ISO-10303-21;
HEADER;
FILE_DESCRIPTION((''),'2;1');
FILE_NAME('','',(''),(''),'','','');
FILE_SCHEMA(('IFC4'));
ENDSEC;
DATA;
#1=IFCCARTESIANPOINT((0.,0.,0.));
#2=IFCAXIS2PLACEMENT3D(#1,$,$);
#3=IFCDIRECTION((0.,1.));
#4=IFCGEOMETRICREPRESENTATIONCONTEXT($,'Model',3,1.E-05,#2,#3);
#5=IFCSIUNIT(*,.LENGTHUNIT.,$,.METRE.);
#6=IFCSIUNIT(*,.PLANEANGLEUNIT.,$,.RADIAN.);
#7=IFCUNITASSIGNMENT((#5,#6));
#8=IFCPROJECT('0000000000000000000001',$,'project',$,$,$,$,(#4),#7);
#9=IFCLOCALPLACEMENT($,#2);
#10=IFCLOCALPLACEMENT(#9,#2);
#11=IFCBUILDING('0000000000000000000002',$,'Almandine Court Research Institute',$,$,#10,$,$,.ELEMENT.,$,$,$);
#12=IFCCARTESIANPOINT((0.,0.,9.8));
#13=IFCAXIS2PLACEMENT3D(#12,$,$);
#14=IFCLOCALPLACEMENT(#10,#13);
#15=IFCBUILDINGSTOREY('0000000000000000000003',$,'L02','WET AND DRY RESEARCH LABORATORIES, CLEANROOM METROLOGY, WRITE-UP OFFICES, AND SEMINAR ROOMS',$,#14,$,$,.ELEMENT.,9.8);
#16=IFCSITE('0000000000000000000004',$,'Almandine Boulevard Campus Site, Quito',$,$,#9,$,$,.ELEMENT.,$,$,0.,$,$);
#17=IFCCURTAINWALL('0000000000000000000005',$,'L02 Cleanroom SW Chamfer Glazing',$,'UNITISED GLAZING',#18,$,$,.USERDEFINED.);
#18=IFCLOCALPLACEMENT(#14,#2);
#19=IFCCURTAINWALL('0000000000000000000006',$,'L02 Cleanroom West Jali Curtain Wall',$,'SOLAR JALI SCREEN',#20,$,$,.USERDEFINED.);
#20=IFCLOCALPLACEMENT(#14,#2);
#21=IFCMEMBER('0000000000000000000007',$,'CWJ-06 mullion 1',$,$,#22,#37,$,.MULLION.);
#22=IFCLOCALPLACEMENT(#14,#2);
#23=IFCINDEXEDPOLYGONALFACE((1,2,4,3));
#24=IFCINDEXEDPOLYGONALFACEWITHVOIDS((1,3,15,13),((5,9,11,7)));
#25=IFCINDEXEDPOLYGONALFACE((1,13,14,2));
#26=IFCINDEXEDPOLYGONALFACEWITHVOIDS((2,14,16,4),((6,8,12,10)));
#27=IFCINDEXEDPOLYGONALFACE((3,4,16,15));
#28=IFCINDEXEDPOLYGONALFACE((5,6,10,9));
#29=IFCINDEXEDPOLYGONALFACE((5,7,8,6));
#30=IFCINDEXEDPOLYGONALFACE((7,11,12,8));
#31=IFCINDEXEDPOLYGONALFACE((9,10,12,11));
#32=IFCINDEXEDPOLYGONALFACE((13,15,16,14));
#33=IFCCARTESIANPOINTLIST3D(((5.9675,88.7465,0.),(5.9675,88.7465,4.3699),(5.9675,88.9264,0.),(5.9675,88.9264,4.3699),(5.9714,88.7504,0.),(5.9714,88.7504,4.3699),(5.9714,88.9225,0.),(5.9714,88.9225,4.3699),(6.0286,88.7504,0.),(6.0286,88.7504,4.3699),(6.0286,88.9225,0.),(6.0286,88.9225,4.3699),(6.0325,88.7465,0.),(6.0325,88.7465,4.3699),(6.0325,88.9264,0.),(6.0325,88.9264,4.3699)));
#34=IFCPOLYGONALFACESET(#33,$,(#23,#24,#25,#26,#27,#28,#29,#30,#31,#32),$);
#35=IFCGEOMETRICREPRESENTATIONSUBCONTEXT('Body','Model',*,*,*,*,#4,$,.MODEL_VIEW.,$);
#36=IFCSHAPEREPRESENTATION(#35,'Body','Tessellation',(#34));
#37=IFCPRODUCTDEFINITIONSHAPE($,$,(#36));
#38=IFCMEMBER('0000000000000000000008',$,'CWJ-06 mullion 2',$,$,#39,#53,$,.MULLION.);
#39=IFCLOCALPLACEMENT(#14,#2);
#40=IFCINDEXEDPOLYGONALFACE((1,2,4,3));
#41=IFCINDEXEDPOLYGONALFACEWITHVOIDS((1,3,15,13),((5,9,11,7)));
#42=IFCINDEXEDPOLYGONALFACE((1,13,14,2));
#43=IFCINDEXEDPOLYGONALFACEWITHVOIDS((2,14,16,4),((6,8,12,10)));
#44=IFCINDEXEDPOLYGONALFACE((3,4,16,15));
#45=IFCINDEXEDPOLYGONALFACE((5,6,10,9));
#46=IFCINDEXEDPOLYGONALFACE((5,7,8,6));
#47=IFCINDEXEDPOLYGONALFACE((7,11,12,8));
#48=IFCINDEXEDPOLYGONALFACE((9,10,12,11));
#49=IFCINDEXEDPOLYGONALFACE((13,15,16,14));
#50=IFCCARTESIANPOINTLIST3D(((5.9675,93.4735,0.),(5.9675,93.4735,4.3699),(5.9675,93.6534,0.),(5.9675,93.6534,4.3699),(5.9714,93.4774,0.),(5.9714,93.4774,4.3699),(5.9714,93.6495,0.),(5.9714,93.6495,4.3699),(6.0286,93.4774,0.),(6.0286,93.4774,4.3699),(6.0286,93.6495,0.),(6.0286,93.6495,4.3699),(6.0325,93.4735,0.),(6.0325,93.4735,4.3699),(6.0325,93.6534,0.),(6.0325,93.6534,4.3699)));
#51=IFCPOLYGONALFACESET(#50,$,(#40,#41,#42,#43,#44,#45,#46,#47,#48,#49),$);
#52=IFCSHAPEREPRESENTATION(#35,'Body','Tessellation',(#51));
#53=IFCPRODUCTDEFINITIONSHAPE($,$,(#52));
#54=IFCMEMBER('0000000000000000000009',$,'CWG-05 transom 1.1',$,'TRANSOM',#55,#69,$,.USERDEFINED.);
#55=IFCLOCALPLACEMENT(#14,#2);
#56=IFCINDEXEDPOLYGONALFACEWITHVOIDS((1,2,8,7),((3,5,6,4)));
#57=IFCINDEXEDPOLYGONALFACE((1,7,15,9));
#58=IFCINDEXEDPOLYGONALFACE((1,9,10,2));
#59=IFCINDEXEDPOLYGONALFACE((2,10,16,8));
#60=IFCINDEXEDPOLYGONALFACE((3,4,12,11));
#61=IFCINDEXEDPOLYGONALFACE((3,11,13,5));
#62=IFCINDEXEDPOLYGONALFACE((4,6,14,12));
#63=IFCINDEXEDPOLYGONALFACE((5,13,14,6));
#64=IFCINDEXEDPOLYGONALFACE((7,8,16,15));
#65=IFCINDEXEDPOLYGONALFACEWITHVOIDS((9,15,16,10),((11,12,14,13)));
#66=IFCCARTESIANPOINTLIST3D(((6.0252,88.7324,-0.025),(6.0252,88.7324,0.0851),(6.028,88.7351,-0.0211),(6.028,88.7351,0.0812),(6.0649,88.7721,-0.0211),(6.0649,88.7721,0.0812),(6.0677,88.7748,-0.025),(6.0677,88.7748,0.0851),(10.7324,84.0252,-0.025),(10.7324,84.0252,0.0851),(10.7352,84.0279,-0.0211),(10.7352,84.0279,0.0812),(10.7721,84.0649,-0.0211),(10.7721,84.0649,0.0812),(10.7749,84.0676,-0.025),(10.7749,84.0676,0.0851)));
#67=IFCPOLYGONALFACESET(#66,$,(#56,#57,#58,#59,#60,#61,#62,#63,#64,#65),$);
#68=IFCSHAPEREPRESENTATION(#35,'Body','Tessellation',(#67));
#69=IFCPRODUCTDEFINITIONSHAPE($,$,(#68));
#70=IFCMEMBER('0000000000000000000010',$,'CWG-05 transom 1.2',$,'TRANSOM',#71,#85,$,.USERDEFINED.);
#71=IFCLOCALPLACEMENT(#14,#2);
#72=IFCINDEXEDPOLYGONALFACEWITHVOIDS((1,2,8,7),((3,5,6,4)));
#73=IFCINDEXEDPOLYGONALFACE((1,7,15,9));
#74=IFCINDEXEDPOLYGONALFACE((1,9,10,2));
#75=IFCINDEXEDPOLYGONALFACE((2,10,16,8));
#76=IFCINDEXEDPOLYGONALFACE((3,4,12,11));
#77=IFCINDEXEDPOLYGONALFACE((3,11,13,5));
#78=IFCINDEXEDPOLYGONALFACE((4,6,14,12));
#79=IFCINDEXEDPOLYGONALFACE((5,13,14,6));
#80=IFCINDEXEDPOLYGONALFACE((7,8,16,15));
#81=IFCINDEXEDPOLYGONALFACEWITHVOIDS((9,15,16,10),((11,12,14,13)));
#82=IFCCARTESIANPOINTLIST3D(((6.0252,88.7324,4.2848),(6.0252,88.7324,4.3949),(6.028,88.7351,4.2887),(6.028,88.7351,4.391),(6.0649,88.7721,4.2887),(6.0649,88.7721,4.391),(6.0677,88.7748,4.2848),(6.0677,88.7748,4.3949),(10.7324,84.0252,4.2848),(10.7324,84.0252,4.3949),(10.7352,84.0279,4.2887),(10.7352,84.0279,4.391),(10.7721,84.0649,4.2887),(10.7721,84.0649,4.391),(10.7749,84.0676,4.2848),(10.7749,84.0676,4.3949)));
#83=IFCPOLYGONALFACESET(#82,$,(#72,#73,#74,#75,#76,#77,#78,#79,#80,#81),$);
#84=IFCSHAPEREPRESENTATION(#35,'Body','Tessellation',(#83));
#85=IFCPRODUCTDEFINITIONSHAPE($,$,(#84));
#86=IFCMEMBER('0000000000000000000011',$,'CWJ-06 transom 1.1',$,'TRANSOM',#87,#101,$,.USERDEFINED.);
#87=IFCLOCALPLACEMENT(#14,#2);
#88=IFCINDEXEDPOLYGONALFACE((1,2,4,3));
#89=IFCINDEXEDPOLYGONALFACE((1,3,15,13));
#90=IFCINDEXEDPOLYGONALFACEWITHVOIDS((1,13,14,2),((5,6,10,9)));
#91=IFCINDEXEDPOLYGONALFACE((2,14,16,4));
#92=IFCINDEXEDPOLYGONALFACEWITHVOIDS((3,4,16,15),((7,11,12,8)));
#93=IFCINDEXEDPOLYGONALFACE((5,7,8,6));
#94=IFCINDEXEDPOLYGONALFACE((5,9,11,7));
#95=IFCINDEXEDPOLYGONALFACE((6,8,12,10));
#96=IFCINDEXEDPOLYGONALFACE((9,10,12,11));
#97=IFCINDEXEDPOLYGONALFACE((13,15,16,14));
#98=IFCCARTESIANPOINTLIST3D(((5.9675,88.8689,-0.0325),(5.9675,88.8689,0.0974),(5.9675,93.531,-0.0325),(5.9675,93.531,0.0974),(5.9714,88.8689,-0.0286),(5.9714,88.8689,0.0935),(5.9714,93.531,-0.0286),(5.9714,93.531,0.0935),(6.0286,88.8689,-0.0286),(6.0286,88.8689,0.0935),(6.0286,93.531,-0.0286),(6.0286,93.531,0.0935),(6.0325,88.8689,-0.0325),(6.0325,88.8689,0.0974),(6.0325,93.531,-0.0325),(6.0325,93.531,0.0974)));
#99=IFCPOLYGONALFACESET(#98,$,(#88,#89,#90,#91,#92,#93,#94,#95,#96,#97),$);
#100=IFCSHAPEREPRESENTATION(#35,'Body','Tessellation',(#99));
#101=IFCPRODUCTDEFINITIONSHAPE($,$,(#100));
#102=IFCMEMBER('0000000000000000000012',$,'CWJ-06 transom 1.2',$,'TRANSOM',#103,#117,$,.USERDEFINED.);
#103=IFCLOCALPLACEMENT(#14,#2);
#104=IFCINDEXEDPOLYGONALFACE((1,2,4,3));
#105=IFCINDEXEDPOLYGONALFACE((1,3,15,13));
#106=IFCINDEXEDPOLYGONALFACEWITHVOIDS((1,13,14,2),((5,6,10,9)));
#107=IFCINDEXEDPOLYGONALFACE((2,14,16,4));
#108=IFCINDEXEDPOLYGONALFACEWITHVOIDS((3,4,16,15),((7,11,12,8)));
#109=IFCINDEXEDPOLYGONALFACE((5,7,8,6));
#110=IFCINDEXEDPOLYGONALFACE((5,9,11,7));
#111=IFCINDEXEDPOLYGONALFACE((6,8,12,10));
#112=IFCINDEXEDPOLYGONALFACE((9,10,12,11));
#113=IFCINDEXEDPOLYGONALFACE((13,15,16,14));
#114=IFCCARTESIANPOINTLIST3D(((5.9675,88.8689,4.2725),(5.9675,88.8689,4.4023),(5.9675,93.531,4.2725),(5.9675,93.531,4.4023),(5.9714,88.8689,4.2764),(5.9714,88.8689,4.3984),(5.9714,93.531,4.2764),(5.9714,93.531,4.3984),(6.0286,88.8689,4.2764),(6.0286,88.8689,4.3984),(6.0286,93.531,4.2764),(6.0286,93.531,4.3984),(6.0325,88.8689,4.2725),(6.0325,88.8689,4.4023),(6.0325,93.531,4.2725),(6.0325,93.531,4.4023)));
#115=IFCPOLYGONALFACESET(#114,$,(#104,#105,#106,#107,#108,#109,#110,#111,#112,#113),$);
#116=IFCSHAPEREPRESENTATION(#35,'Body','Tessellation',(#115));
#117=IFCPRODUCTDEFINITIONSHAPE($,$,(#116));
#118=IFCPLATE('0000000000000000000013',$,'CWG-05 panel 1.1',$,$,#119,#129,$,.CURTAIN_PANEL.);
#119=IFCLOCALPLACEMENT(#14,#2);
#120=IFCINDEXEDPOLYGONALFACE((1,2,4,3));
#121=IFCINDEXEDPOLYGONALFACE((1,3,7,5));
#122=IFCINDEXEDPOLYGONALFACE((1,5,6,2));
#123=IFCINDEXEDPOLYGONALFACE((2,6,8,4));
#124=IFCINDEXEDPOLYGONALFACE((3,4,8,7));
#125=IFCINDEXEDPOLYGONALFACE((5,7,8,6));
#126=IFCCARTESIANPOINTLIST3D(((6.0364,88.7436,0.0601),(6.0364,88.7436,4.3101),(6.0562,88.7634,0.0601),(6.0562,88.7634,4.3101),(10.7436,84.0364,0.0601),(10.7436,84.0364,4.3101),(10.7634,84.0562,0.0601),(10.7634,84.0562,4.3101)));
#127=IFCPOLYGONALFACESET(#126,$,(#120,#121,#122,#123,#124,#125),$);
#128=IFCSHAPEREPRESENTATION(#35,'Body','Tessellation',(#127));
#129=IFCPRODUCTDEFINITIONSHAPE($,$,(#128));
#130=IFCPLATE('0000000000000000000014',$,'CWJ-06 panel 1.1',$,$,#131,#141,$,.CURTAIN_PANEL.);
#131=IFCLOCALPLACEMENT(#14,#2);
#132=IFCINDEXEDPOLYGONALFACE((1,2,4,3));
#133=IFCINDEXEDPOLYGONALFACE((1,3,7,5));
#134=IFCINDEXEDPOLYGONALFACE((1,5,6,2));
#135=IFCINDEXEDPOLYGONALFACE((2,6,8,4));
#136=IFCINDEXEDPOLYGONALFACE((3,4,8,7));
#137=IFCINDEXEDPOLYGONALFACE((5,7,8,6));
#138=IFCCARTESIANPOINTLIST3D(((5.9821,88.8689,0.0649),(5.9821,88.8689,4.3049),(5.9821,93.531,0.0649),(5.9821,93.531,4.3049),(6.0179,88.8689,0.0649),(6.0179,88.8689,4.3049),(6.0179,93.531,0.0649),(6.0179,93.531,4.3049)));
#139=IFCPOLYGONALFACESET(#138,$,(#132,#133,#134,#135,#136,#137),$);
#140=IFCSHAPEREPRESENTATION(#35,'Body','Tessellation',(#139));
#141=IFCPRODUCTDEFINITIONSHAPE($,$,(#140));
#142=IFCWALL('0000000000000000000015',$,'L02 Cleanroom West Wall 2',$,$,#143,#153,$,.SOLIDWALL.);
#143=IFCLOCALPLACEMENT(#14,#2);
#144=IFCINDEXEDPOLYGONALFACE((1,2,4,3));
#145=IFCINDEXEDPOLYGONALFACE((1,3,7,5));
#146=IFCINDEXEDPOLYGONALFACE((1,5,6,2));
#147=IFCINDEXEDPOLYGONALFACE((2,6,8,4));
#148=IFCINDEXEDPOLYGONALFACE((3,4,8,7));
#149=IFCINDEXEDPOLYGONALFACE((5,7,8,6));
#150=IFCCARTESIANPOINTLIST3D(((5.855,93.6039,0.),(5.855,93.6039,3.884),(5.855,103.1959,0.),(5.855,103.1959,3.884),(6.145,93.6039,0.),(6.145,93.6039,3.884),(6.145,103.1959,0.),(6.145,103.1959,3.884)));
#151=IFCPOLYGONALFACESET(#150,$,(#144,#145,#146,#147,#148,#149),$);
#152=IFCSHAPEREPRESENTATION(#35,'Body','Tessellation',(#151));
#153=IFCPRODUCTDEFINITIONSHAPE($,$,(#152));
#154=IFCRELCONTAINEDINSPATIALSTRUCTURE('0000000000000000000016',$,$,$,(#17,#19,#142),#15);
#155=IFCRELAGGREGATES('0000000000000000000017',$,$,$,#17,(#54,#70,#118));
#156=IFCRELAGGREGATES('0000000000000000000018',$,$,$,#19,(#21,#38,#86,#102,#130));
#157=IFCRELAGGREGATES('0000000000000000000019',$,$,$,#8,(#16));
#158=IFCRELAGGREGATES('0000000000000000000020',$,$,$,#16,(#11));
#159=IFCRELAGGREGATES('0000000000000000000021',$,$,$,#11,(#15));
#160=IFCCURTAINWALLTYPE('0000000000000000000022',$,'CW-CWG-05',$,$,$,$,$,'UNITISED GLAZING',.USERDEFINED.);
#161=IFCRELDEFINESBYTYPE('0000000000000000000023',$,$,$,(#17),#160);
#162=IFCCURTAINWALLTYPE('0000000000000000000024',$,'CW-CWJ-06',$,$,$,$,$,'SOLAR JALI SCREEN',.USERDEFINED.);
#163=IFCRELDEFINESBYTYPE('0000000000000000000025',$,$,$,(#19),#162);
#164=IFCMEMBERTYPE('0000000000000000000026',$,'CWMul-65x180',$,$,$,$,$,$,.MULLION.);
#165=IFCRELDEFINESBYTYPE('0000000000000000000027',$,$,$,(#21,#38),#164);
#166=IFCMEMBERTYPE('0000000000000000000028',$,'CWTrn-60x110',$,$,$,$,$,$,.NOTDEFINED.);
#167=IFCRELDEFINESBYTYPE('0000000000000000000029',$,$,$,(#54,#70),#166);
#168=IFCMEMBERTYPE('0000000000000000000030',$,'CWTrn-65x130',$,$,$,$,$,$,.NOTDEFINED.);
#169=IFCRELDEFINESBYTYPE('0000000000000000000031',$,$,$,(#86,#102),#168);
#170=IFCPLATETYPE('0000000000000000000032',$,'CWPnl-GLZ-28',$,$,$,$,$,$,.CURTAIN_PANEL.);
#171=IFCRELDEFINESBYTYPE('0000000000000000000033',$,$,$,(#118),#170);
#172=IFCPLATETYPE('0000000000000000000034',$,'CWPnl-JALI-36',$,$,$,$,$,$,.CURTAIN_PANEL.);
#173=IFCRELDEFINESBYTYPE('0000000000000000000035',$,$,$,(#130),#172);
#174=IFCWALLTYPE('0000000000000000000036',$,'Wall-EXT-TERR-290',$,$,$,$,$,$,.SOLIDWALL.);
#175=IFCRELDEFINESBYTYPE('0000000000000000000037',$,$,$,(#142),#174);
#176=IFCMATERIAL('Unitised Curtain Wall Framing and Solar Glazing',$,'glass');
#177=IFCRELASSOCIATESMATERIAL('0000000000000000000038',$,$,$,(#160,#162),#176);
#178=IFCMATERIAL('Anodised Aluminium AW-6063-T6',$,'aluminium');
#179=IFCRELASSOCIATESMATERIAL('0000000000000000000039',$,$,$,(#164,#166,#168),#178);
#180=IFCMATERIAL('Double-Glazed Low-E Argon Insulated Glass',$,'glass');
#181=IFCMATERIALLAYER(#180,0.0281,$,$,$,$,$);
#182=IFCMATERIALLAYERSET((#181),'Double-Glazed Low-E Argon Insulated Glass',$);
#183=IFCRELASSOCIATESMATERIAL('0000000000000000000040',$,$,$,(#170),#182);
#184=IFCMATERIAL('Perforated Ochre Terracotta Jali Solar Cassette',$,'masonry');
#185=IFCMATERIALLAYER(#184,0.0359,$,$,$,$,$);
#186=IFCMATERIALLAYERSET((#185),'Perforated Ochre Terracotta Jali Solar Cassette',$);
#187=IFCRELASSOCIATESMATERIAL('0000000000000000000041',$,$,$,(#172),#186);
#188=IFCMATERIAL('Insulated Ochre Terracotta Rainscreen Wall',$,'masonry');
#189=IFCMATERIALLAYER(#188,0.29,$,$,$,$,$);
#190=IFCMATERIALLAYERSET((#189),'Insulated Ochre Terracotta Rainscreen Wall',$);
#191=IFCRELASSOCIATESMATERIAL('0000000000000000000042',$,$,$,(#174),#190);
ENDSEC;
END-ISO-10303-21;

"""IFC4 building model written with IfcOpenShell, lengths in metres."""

from ifc_helpers import new_model, si_unit, direction, frame, frame_2d, origin, origin_2d, place, context, subcontext, project, spatial, rectangle, hollow_rectangle, extrude, material, layer, layer_set, material_profile, profile_set, type_object, element, aggregate, save


model = new_model("IFC4")

# Units and contexts
model_context = context("Model", 3, precision=1e-05, world=origin(), true_north=direction((0.0, 1.0)))
body_context = subcontext(model_context, "Body", "Model", "MODEL_VIEW")
ifc_project = project(units=[si_unit("LENGTHUNIT", "METRE"), si_unit("PLANEANGLEUNIT", "RADIAN")], contexts=[model_context])

# Site, building, storey
site_placement = place(None, origin())
site = spatial("IfcSite", under=ifc_project, at=site_placement, Name="Almandine Boulevard Campus Site, Quito", CompositionType="ELEMENT", RefElevation=0.0)
building_placement = place(site_placement, origin())
building = spatial("IfcBuilding", under=site, at=building_placement, Name="Almandine Court Research Institute", CompositionType="ELEMENT")
storey_placement = place(building_placement, frame((0.0, 0.0, 9.8)))
storey = spatial("IfcBuildingStorey", under=building, at=storey_placement, Name="L02", Description="WET AND DRY RESEARCH LABORATORIES, CLEANROOM METROLOGY, WRITE-UP OFFICES, AND SEMINAR ROOMS", CompositionType="ELEMENT", Elevation=9.8)

# Curtain walls, members
ifc_material_1 = material(Name="Unitised Curtain Wall Framing and Solar Glazing", Category="glass")
curtain_wall_type_1 = type_object("IfcCurtainWallType", Name="CW-CWG-05", ElementType="UNITISED GLAZING", PredefinedType="USERDEFINED", material=ifc_material_1)
curtain_wall_1_placement = place(storey_placement, origin())
curtain_wall_1 = element("IfcCurtainWall", 1, at=curtain_wall_1_placement, inside=storey, type_object=curtain_wall_type_1, Name="L02 Cleanroom SW Chamfer Glazing", ObjectType="UNITISED GLAZING", PredefinedType="USERDEFINED")
ifc_material_2 = material(Name="Anodised Aluminium AW-6063-T6", Category="aluminium")
curtain_wall_type_2 = type_object("IfcCurtainWallType", Name="CW-CWJ-06", ElementType="SOLAR JALI SCREEN", PredefinedType="USERDEFINED", material=ifc_material_1)
curtain_wall_2_placement = place(storey_placement, origin())
curtain_wall_2 = element("IfcCurtainWall", 2, at=curtain_wall_2_placement, inside=storey, type_object=curtain_wall_type_2, Name="L02 Cleanroom West Jali Curtain Wall", ObjectType="SOLAR JALI SCREEN", PredefinedType="USERDEFINED")
ifc_material_profile_1 = material_profile(ifc_material_2, hollow_rectangle(XDim=0.0649, YDim=0.1799, WallThickness=0.0039, at=origin_2d()), Name="ALU RHS 65x180x4")
ifc_profile_set_1 = profile_set([ifc_material_profile_1], Name="Anodised Aluminium AW-6063-T6")
member_type_1 = type_object("IfcMemberType", Name="CWMul-65x180", PredefinedType="MULLION", material=ifc_profile_set_1)
member_1_placement = place(storey_placement, frame((6.0, 88.8364, 0.0), z_axis=(0.0, 0.0, 1.0), x_axis=(-1.0, 0.0, 0.0)))
member_1 = element("IfcMember", 3, at=member_1_placement, type_object=member_type_1, Name="CWJ-06 mullion 1", PredefinedType="MULLION", context=body_context, shape_type="SweptSolid", body=[
    extrude(hollow_rectangle(XDim=0.0649, YDim=0.1799, WallThickness=0.0039, at=origin_2d()), origin(), (0.0, 0.0, 1.0), 4.3699),
])
member_2_placement = place(storey_placement, frame((6.0, 93.5635, 0.0), z_axis=(0.0, 0.0, 1.0), x_axis=(-1.0, 0.0, 0.0)))
member_2 = element("IfcMember", 4, at=member_2_placement, type_object=member_type_1, Name="CWJ-06 mullion 2", PredefinedType="MULLION", context=body_context, shape_type="SweptSolid", body=[
    extrude(hollow_rectangle(XDim=0.0649, YDim=0.1799, WallThickness=0.0039, at=origin_2d()), origin(), (0.0, 0.0, 1.0), 4.3699),
])

# Members
ifc_material_profile_2 = material_profile(ifc_material_2, hollow_rectangle(XDim=0.0601, YDim=0.1101, WallThickness=0.0039, at=origin_2d()), Name="ALU RHS 60x110x4")
ifc_profile_set_2 = profile_set([ifc_material_profile_2], Name="Anodised Aluminium AW-6063-T6")
member_type_2 = type_object("IfcMemberType", Name="CWTrn-60x110", PredefinedType="NOTDEFINED", material=ifc_profile_set_2)
member_3_placement = place(storey_placement, frame((10.7537, 84.0464, 0.03), z_axis=(-0.707107, 0.707107, 0.0), x_axis=(-0.707107, -0.707107, 0.0)))
member_3 = element("IfcMember", 5, at=member_3_placement, type_object=member_type_2, Name="CWG-05 transom 1.1", ObjectType="TRANSOM", PredefinedType="USERDEFINED", context=body_context, shape_type="SweptSolid", body=[
    extrude(hollow_rectangle(XDim=0.0601, YDim=0.1101, WallThickness=0.0039, at=origin_2d()), origin(), (0.0, 0.0, 1.0), 6.657),
])
member_4_placement = place(storey_placement, frame((10.7537, 84.0464, 4.3398), z_axis=(-0.707107, 0.707107, 0.0), x_axis=(-0.707107, -0.707107, 0.0)))
member_4 = element("IfcMember", 6, at=member_4_placement, type_object=member_type_2, Name="CWG-05 transom 1.2", ObjectType="TRANSOM", PredefinedType="USERDEFINED", context=body_context, shape_type="SweptSolid", body=[
    extrude(hollow_rectangle(XDim=0.0601, YDim=0.1101, WallThickness=0.0039, at=origin_2d()), origin(), (0.0, 0.0, 1.0), 6.657),
])
ifc_material_profile_3 = material_profile(ifc_material_2, hollow_rectangle(XDim=0.0649, YDim=0.1299, WallThickness=0.0039, at=origin_2d()), Name="ALU RHS 65x130x4")
ifc_profile_set_3 = profile_set([ifc_material_profile_3], Name="Anodised Aluminium AW-6063-T6")
member_type_3 = type_object("IfcMemberType", Name="CWTrn-65x130", PredefinedType="NOTDEFINED", material=ifc_profile_set_3)
member_5_placement = place(storey_placement, frame((6.0, 88.8689, 0.0325), z_axis=(0.0, 1.0, 0.0), x_axis=(-1.0, 0.0, 0.0)))
member_5 = element("IfcMember", 7, at=member_5_placement, type_object=member_type_3, Name="CWJ-06 transom 1.1", ObjectType="TRANSOM", PredefinedType="USERDEFINED", context=body_context, shape_type="SweptSolid", body=[
    extrude(hollow_rectangle(XDim=0.0649, YDim=0.1299, WallThickness=0.0039, at=origin_2d()), origin(), (0.0, 0.0, 1.0), 4.6621),
])
member_6_placement = place(storey_placement, frame((6.0, 88.8689, 4.3374), z_axis=(0.0, 1.0, 0.0), x_axis=(-1.0, 0.0, 0.0)))
member_6 = element("IfcMember", 8, at=member_6_placement, type_object=member_type_3, Name="CWJ-06 transom 1.2", ObjectType="TRANSOM", PredefinedType="USERDEFINED", context=body_context, shape_type="SweptSolid", body=[
    extrude(hollow_rectangle(XDim=0.0649, YDim=0.1299, WallThickness=0.0039, at=origin_2d()), origin(), (0.0, 0.0, 1.0), 4.6621),
])

# Plates
ifc_material_3 = material(Name="Double-Glazed Low-E Argon Insulated Glass", Category="glass")
ifc_layer_1 = layer(ifc_material_3, 0.0281)
ifc_layer_set_1 = layer_set([ifc_layer_1], Name="Double-Glazed Low-E Argon Insulated Glass")
plate_type_1 = type_object("IfcPlateType", Name="CWPnl-GLZ-28", PredefinedType="CURTAIN_PANEL", material=ifc_layer_set_1)
plate_1_placement = place(storey_placement, frame((8.3999, 86.3999, 0.0601), z_axis=(0.0, 0.0, 1.0), x_axis=(-0.707107, 0.707107, 0.0)))
plate_1 = element("IfcPlate", 9, at=plate_1_placement, type_object=plate_type_1, Name="CWG-05 panel 1.1", PredefinedType="CURTAIN_PANEL", context=body_context, shape_type="SweptSolid", body=[
    extrude(rectangle(XDim=6.657, YDim=0.0281, at=origin_2d()), origin(), (0.0, 0.0, 1.0), 4.25),
])
aggregate(curtain_wall_1, [member_3, member_4, plate_1])
ifc_material_4 = material(Name="Perforated Ochre Terracotta Jali Solar Cassette", Category="masonry")
ifc_layer_2 = layer(ifc_material_4, 0.0359)
ifc_layer_set_2 = layer_set([ifc_layer_2], Name="Perforated Ochre Terracotta Jali Solar Cassette")
plate_type_2 = type_object("IfcPlateType", Name="CWPnl-JALI-36", PredefinedType="CURTAIN_PANEL", material=ifc_layer_set_2)
plate_2_placement = place(storey_placement, frame((6.0, 91.2, 0.0649), z_axis=(0.0, 0.0, 1.0), x_axis=(0.0, 1.0, 0.0)))
plate_2 = element("IfcPlate", 10, at=plate_2_placement, type_object=plate_type_2, Name="CWJ-06 panel 1.1", PredefinedType="CURTAIN_PANEL", context=body_context, shape_type="SweptSolid", body=[
    extrude(rectangle(XDim=4.6621, YDim=0.0359, at=origin_2d()), origin(), (0.0, 0.0, 1.0), 4.24),
])
aggregate(curtain_wall_2, [member_1, member_2, member_5, member_6, plate_2])

# Wall
ifc_material_5 = material(Name="Insulated Ochre Terracotta Rainscreen Wall", Category="masonry")
ifc_layer_3 = layer(ifc_material_5, 0.29)
ifc_layer_set_3 = layer_set([ifc_layer_3], Name="Insulated Ochre Terracotta Rainscreen Wall")
wall_type_1 = type_object("IfcWallType", Name="Wall-EXT-TERR-290", PredefinedType="SOLIDWALL", material=ifc_layer_set_3)
wall_1_placement = place(storey_placement, frame((6.0, 93.604, 0.0), z_axis=(0.0, 0.0, 1.0), x_axis=(0.0, 1.0, 0.0)))
element("IfcWall", 11, at=wall_1_placement, inside=storey, type_object=wall_type_1, Name="L02 Cleanroom West Wall 2", PredefinedType="SOLIDWALL", context=body_context, shape_type="SweptSolid", body=[
    extrude(rectangle(XDim=9.592, YDim=0.29, at=frame_2d((4.7959, 0.0))), origin(), (0.0, 0.0, 1.0), 3.884),
])

save(model, "model.ifc")
